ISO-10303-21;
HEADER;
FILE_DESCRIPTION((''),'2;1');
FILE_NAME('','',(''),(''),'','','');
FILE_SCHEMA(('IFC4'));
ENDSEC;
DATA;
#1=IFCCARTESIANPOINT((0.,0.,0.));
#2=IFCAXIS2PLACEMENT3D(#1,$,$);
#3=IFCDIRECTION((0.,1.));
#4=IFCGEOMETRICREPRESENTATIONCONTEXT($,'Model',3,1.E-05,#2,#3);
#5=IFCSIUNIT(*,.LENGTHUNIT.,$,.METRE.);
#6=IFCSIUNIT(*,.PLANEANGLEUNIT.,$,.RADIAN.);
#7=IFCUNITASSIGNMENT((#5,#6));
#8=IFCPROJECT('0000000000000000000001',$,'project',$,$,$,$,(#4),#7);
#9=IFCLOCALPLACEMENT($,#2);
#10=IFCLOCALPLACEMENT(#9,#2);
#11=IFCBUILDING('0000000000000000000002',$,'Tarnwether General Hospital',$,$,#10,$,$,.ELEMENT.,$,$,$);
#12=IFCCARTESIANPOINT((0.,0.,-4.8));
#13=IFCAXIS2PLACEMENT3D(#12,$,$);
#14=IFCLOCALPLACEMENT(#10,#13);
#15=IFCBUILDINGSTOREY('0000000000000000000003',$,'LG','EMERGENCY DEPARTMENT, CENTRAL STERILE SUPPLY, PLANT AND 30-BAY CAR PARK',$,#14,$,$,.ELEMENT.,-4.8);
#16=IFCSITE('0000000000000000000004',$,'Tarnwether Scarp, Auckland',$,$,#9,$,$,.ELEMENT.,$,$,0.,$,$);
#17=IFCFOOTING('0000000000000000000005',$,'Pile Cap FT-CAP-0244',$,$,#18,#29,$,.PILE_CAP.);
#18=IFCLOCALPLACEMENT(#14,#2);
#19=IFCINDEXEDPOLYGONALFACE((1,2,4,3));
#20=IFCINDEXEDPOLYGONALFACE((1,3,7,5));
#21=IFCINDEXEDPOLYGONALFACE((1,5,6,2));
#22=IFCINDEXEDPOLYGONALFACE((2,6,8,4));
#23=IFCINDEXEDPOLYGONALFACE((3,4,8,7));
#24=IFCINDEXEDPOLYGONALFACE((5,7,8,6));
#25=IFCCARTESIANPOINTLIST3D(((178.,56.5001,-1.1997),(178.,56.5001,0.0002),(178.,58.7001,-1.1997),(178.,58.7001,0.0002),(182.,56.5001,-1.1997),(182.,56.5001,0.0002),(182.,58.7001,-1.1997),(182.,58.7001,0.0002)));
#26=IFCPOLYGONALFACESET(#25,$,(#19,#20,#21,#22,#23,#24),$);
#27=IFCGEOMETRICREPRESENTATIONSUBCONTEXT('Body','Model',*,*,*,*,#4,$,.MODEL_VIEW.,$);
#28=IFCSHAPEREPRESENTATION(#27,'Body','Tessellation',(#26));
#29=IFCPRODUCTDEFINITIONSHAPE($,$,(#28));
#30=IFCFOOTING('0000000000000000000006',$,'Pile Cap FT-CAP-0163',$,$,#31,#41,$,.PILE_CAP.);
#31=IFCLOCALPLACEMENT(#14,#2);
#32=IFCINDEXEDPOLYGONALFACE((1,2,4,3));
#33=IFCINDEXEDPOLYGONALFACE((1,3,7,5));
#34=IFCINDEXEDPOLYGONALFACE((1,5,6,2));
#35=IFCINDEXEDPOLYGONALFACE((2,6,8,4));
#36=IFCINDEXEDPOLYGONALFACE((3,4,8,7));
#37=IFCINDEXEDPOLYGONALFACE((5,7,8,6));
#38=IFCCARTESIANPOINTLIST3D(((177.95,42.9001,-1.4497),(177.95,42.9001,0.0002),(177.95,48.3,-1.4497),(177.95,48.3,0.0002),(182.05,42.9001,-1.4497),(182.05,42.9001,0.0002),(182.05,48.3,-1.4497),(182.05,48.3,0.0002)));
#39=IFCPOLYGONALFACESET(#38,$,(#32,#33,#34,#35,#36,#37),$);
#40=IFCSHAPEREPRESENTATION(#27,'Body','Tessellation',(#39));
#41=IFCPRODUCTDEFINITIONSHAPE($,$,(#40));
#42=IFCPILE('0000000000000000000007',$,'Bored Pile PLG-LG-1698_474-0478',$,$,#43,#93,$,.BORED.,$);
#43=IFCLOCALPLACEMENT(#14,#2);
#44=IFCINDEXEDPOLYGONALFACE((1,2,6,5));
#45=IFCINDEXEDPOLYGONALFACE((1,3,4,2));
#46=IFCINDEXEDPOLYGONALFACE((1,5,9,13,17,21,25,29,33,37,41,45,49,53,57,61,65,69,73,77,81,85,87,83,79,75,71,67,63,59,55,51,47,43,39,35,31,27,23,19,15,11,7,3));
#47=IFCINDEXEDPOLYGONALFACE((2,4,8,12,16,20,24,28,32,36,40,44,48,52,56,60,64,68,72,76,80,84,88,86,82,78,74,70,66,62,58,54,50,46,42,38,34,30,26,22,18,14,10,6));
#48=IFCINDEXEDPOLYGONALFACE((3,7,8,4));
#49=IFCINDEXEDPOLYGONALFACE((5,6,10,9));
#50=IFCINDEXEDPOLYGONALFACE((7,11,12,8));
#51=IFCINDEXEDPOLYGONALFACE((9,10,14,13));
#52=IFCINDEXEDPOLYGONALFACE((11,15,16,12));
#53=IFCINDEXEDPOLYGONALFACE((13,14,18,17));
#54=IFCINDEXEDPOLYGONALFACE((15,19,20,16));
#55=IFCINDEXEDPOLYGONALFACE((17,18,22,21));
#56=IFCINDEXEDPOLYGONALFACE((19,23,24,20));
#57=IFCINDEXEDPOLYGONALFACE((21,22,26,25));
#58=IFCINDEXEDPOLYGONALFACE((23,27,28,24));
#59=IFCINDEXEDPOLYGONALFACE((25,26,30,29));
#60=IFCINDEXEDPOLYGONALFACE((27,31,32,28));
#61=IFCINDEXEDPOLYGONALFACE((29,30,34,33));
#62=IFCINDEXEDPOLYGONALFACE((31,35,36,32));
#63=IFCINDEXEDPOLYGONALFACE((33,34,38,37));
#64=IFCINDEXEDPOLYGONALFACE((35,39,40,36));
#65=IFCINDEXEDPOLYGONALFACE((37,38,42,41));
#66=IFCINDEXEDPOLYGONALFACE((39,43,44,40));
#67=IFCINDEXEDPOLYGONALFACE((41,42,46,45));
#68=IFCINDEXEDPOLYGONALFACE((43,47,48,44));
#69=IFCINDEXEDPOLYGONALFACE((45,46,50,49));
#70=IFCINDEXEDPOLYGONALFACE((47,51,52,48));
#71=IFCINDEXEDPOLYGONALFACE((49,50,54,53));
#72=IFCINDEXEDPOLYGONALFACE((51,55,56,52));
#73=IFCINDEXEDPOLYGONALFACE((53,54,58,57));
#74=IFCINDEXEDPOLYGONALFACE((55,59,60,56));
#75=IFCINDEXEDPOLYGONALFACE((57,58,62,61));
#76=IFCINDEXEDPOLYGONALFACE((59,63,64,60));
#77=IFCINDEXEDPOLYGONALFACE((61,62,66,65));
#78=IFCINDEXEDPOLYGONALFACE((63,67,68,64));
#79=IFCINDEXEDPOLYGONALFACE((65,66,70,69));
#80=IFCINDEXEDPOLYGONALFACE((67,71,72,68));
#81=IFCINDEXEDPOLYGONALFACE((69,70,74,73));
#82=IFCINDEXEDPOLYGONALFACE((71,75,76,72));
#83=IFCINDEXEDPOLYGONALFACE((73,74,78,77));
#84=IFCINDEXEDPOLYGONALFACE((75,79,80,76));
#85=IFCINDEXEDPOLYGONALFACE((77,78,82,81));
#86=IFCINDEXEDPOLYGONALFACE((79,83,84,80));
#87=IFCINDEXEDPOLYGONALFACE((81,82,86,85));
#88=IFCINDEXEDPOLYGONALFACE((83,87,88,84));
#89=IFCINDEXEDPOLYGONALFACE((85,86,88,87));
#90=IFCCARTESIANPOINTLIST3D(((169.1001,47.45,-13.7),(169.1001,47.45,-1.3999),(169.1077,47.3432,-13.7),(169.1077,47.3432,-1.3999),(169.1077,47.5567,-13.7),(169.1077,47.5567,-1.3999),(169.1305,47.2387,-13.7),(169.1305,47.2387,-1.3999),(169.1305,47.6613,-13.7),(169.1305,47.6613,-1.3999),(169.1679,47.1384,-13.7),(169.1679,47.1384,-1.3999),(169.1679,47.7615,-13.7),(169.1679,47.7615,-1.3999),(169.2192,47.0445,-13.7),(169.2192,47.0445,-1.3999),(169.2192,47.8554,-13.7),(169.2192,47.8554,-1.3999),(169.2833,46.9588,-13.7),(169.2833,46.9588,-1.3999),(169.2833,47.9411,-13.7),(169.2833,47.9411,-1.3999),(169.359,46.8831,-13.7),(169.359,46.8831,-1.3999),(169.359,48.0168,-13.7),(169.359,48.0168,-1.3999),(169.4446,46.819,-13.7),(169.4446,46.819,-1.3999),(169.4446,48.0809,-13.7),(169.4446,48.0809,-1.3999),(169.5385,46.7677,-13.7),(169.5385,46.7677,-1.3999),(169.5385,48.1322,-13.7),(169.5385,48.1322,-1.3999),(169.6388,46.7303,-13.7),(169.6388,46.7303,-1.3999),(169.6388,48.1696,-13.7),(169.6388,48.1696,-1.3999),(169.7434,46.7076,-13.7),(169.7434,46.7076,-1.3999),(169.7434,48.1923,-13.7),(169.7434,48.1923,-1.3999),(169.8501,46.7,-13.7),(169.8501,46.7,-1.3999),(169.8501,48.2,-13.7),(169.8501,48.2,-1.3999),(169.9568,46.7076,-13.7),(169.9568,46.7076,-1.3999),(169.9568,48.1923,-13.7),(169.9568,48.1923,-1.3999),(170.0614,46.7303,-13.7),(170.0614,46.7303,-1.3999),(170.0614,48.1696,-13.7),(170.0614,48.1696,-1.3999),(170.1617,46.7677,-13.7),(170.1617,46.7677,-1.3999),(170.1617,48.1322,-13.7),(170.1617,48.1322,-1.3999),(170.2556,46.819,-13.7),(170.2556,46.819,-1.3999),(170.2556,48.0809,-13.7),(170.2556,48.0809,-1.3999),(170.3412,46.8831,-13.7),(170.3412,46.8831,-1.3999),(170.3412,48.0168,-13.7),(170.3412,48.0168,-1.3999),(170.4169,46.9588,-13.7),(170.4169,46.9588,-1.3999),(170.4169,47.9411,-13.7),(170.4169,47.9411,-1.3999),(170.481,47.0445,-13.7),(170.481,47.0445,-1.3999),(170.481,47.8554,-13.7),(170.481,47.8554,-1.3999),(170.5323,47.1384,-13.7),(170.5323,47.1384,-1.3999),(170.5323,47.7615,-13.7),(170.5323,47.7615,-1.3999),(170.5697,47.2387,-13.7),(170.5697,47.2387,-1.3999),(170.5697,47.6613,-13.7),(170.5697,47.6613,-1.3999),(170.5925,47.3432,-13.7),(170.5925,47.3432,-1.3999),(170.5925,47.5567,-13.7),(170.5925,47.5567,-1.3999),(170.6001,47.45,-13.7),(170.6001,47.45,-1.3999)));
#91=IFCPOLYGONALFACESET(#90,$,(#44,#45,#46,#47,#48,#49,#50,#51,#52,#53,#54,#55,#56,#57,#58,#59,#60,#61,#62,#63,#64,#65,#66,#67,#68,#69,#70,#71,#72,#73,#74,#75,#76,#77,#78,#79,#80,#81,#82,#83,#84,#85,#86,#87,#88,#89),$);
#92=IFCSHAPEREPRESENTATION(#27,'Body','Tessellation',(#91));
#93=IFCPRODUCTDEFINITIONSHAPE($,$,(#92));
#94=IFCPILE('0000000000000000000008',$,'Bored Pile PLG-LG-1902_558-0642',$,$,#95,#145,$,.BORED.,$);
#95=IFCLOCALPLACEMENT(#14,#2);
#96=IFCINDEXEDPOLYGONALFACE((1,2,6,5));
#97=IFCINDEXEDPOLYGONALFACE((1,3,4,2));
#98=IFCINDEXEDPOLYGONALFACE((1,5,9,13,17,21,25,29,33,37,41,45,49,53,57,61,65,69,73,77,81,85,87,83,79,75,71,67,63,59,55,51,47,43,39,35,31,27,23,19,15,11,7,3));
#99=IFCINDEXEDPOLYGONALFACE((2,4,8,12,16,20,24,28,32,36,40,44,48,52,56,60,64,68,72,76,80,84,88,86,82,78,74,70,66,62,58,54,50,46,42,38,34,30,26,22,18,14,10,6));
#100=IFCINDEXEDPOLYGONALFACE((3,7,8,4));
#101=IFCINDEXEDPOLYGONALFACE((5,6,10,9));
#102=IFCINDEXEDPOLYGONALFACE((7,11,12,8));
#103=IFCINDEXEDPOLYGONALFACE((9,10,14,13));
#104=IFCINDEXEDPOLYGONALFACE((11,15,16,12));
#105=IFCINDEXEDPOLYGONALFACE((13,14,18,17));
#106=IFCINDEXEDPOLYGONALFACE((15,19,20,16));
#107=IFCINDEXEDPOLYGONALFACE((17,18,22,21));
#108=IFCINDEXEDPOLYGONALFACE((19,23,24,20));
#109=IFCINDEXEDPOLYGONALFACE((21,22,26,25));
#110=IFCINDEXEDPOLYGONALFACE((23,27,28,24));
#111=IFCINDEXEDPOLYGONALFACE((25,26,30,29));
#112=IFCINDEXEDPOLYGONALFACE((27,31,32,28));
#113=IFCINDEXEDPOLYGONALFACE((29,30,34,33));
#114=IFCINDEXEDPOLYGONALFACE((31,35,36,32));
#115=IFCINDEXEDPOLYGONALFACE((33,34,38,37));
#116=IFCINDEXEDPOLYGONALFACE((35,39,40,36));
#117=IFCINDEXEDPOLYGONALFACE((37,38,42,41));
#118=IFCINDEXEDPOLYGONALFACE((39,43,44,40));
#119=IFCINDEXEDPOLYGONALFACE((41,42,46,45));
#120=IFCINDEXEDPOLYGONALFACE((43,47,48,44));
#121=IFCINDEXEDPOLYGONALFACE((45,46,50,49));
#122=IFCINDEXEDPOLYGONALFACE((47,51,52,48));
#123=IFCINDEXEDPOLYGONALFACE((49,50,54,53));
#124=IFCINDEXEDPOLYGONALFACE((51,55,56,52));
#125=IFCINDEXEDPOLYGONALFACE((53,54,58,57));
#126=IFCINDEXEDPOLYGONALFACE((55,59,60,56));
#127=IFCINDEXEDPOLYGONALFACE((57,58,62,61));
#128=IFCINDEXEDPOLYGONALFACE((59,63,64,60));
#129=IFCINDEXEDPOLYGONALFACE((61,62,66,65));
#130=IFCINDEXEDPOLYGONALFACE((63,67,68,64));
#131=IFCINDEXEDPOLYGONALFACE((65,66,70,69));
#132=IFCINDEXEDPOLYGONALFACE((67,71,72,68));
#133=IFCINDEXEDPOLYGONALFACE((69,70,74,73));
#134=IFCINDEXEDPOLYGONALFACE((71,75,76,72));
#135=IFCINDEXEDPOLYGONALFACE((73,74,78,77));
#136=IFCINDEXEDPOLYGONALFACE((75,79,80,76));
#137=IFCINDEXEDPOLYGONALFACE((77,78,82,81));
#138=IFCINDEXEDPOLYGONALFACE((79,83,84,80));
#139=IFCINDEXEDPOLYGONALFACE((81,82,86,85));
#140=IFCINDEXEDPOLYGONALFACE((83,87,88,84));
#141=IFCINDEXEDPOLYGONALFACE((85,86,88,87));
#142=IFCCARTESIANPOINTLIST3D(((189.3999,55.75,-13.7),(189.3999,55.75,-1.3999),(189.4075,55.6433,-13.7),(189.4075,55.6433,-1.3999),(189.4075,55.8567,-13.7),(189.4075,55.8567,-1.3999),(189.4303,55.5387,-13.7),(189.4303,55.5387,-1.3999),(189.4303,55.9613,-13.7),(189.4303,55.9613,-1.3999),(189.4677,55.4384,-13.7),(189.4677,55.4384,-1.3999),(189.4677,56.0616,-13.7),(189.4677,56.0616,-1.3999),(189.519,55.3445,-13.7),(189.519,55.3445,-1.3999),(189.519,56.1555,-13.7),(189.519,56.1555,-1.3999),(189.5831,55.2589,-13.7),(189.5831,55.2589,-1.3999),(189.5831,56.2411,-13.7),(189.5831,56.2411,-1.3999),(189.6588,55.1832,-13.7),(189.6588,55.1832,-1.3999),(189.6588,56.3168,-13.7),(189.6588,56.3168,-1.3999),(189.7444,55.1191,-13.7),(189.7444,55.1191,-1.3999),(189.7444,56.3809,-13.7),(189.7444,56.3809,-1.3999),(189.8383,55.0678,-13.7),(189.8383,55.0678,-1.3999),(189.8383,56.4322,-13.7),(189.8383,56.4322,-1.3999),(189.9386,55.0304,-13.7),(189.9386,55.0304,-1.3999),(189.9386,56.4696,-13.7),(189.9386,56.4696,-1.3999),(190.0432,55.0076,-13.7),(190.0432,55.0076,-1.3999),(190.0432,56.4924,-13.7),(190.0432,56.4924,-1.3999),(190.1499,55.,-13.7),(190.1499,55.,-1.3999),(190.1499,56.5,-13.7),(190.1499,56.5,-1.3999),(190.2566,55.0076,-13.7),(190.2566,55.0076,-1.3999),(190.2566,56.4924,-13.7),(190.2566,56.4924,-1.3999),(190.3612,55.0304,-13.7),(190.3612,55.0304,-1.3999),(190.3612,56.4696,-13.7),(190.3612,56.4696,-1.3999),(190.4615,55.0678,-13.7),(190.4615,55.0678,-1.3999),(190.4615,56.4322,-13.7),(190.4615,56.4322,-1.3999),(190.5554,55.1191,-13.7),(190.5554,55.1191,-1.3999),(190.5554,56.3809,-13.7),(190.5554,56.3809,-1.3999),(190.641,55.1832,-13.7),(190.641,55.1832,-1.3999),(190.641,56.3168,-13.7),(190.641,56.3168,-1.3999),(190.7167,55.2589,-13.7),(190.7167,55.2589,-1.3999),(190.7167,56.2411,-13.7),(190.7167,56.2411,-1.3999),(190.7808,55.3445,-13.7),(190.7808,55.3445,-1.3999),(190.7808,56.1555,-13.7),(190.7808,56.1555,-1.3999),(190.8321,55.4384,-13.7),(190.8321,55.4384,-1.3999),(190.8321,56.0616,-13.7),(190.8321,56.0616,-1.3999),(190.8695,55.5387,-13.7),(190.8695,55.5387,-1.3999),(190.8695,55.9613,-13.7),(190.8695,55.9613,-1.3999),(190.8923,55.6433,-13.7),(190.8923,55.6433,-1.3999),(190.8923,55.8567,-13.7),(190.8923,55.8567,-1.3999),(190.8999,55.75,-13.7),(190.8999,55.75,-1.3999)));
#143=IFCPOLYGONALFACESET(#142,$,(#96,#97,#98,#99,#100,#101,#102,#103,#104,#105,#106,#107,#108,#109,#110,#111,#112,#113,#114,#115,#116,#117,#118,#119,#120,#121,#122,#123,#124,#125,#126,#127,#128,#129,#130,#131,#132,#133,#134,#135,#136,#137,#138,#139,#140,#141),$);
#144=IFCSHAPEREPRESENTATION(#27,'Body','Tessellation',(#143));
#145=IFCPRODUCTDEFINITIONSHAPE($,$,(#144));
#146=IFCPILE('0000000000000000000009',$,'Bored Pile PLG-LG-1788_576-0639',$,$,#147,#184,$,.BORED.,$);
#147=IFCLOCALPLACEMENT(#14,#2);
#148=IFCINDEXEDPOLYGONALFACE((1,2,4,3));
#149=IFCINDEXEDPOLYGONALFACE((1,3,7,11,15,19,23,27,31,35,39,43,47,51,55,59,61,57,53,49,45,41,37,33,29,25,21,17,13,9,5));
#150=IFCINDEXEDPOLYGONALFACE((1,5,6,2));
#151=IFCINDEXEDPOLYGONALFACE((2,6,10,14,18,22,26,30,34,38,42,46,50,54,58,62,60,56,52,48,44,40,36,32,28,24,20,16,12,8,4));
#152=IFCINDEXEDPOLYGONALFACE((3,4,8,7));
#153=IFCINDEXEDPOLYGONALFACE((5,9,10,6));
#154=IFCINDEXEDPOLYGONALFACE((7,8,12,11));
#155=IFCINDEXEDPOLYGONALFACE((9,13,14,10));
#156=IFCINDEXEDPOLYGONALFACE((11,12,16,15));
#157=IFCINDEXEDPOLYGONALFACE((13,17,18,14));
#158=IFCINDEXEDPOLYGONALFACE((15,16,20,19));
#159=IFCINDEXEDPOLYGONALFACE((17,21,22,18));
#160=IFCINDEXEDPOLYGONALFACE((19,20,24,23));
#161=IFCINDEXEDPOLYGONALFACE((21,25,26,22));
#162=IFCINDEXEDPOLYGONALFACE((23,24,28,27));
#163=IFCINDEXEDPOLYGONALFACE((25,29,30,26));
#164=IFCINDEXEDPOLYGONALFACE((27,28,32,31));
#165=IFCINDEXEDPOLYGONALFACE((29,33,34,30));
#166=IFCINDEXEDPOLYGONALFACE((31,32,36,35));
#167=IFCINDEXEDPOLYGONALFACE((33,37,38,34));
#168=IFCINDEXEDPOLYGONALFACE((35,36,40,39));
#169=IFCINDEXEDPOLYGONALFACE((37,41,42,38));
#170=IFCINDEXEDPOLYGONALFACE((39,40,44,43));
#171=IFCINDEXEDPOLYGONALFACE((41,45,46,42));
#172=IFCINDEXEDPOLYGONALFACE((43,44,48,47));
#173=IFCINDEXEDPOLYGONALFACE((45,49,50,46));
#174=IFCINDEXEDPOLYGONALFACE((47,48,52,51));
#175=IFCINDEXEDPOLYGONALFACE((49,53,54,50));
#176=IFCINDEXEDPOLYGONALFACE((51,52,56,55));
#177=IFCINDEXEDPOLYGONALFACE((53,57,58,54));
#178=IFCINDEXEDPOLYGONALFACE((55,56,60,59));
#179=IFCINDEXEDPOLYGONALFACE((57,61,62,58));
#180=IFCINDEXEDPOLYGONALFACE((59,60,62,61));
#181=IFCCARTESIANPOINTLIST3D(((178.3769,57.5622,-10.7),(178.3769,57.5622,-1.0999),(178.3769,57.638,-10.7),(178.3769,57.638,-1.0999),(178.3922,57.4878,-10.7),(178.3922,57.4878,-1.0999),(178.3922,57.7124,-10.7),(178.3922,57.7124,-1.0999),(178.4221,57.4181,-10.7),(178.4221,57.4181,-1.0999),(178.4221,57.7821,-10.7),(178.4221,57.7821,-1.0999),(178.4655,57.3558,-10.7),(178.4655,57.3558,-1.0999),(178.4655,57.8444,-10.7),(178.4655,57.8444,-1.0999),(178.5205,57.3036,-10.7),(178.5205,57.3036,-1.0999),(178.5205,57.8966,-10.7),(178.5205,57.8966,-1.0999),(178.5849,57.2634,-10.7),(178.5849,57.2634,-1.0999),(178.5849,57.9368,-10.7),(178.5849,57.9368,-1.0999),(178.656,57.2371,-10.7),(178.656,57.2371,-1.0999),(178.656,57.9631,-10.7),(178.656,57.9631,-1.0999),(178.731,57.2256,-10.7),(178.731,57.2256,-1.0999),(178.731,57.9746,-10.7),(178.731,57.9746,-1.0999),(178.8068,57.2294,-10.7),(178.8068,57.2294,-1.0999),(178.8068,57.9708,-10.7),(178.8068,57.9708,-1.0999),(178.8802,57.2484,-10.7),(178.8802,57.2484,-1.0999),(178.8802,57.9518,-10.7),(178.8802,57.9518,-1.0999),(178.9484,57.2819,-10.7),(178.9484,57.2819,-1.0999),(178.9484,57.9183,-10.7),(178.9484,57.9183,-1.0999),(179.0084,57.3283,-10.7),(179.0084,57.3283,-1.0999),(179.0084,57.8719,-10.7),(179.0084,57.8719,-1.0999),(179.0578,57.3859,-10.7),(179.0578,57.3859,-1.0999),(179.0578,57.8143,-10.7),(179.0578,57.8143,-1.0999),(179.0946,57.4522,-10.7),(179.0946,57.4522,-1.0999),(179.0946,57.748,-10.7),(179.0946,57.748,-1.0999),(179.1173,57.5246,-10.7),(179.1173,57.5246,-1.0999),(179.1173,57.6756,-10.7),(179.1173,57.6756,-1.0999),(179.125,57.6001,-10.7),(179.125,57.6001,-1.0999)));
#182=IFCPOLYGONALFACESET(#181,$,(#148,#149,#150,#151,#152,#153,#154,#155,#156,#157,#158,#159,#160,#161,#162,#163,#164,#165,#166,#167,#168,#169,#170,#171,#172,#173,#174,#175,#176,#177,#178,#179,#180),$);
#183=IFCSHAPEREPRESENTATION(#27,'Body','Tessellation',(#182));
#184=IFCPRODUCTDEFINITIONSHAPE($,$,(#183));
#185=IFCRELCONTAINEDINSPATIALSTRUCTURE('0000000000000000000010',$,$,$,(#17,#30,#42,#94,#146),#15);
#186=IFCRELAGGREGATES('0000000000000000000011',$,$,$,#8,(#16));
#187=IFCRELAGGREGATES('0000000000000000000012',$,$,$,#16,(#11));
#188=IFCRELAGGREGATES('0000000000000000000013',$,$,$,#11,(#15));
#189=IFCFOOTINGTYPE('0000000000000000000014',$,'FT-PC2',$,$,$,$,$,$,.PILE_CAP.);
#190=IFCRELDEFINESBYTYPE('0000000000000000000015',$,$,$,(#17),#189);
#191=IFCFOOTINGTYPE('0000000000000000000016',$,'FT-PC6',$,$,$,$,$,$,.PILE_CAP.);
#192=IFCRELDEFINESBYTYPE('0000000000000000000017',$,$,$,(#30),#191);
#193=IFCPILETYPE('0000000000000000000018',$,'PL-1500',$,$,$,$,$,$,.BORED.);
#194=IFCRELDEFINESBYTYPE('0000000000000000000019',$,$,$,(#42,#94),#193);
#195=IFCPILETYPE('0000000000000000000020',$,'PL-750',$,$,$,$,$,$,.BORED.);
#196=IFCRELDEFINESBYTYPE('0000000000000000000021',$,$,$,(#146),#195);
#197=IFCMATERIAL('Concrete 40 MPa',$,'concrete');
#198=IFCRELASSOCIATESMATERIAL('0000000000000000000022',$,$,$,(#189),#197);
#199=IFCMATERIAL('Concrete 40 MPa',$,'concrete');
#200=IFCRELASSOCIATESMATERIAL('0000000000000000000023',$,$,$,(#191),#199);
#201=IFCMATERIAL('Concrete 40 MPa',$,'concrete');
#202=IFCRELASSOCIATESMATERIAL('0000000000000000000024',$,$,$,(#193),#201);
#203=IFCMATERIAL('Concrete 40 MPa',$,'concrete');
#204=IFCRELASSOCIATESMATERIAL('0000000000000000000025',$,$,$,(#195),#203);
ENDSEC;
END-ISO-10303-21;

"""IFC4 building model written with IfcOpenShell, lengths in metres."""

from ifc_helpers import new_model, si_unit, direction, frame, origin, origin_2d, place, context, subcontext, project, spatial, rectangle, circle, extrude, material, material_profile, profile_set, type_object, element, save


model = new_model("IFC4")

# Units and contexts
model_context = context("Model", 3, precision=1e-05, world=origin(), true_north=direction((0.0, 1.0)))
body_context = subcontext(model_context, "Body", "Model", "MODEL_VIEW")
ifc_project = project(units=[si_unit("LENGTHUNIT", "METRE"), si_unit("PLANEANGLEUNIT", "RADIAN")], contexts=[model_context])

# Site, building, storey
site_placement = place(None, origin())
site = spatial("IfcSite", under=ifc_project, at=site_placement, Name="Tarnwether Scarp, Auckland", CompositionType="ELEMENT", RefElevation=0.0)
building_placement = place(site_placement, origin())
building = spatial("IfcBuilding", under=site, at=building_placement, Name="Tarnwether General Hospital", CompositionType="ELEMENT")
storey_placement = place(building_placement, frame((0.0, 0.0, -4.8)))
storey = spatial("IfcBuildingStorey", under=building, at=storey_placement, Name="LG", Description="EMERGENCY DEPARTMENT, CENTRAL STERILE SUPPLY, PLANT AND 30-BAY CAR PARK", CompositionType="ELEMENT", Elevation=-4.8)

# Footings
ifc_material_1 = material(Name="Concrete 40 MPa", Category="concrete")
footing_type_1 = type_object("IfcFootingType", Name="FT-PC2", PredefinedType="PILE_CAP", material=ifc_material_1)
footing_1_placement = place(storey_placement, frame((180.0, 57.6001, -1.1997), z_axis=(0.0, 0.0, 1.0), x_axis=(1.0, 0.0, 0.0)))
element("IfcFooting", 1, at=footing_1_placement, inside=storey, type_object=footing_type_1, Name="Pile Cap FT-CAP-0244", PredefinedType="PILE_CAP", context=body_context, shape_type="SweptSolid", body=[
    extrude(rectangle(XDim=4.0, YDim=2.2, at=origin_2d()), origin(), (0.0, 0.0, 1.0), 1.2),
])
ifc_material_2 = material(Name="Concrete 40 MPa", Category="concrete")
footing_type_2 = type_object("IfcFootingType", Name="FT-PC6", PredefinedType="PILE_CAP", material=ifc_material_2)
footing_2_placement = place(storey_placement, frame((180.0, 45.6001, -1.4497), z_axis=(0.0, 0.0, 1.0), x_axis=(0.0, 1.0, 0.0)))
element("IfcFooting", 2, at=footing_2_placement, inside=storey, type_object=footing_type_2, Name="Pile Cap FT-CAP-0163", PredefinedType="PILE_CAP", context=body_context, shape_type="SweptSolid", body=[
    extrude(rectangle(XDim=5.3999, YDim=4.1001, at=origin_2d()), origin(), (0.0, 0.0, 1.0), 1.45),
])

# Piles
ifc_material_3 = material(Name="Concrete 40 MPa", Category="concrete")
ifc_material_profile_1 = material_profile(ifc_material_3, circle(Radius=0.75, at=origin_2d()), Name="PILE-D1500")
ifc_profile_set_1 = profile_set([ifc_material_profile_1], Name="Concrete 40 MPa")
pile_type_1 = type_object("IfcPileType", Name="PL-1500", PredefinedType="BORED", material=ifc_profile_set_1)
for number, where, z_axis, x_axis, name in (
    (3, (169.8501, 47.45, -1.3999), (0.0, 0.0, -1.0), (1.0, 0.0, 0.0), "Bored Pile PLG-LG-1698_474-0478"),
    (4, (190.1499, 55.75, -1.3999), (0.0, 0.0, -1.0), (1.0, 0.0, 0.0), "Bored Pile PLG-LG-1902_558-0642"),
):
    element("IfcPile", number, at=place(storey_placement, frame(where, z_axis=z_axis, x_axis=x_axis)), inside=storey, type_object=pile_type_1, Name=name, PredefinedType="BORED", context=body_context, shape_type="SweptSolid", body=[
        extrude(circle(Radius=0.75, at=origin_2d()), origin(), (0.0, 0.0, 1.0), 12.3),
    ])
ifc_material_4 = material(Name="Concrete 40 MPa", Category="concrete")
ifc_material_profile_2 = material_profile(ifc_material_4, circle(Radius=0.375, at=origin_2d()), Name="PILE-D750")
ifc_profile_set_2 = profile_set([ifc_material_profile_2], Name="Concrete 40 MPa")
pile_type_2 = type_object("IfcPileType", Name="PL-750", PredefinedType="BORED", material=ifc_profile_set_2)
for number, where, z_axis, x_axis, name in (
    (5, (178.75, 57.6001, -1.0999), (0.0, 0.0, -1.0), (1.0, 0.0, 0.0), "Bored Pile PLG-LG-1788_576-0639"),
):
    element("IfcPile", number, at=place(storey_placement, frame(where, z_axis=z_axis, x_axis=x_axis)), inside=storey, type_object=pile_type_2, Name=name, PredefinedType="BORED", context=body_context, shape_type="SweptSolid", body=[
        extrude(circle(Radius=0.375, at=origin_2d()), origin(), (0.0, 0.0, 1.0), 9.6001),
    ])

save(model, "model.ifc")
